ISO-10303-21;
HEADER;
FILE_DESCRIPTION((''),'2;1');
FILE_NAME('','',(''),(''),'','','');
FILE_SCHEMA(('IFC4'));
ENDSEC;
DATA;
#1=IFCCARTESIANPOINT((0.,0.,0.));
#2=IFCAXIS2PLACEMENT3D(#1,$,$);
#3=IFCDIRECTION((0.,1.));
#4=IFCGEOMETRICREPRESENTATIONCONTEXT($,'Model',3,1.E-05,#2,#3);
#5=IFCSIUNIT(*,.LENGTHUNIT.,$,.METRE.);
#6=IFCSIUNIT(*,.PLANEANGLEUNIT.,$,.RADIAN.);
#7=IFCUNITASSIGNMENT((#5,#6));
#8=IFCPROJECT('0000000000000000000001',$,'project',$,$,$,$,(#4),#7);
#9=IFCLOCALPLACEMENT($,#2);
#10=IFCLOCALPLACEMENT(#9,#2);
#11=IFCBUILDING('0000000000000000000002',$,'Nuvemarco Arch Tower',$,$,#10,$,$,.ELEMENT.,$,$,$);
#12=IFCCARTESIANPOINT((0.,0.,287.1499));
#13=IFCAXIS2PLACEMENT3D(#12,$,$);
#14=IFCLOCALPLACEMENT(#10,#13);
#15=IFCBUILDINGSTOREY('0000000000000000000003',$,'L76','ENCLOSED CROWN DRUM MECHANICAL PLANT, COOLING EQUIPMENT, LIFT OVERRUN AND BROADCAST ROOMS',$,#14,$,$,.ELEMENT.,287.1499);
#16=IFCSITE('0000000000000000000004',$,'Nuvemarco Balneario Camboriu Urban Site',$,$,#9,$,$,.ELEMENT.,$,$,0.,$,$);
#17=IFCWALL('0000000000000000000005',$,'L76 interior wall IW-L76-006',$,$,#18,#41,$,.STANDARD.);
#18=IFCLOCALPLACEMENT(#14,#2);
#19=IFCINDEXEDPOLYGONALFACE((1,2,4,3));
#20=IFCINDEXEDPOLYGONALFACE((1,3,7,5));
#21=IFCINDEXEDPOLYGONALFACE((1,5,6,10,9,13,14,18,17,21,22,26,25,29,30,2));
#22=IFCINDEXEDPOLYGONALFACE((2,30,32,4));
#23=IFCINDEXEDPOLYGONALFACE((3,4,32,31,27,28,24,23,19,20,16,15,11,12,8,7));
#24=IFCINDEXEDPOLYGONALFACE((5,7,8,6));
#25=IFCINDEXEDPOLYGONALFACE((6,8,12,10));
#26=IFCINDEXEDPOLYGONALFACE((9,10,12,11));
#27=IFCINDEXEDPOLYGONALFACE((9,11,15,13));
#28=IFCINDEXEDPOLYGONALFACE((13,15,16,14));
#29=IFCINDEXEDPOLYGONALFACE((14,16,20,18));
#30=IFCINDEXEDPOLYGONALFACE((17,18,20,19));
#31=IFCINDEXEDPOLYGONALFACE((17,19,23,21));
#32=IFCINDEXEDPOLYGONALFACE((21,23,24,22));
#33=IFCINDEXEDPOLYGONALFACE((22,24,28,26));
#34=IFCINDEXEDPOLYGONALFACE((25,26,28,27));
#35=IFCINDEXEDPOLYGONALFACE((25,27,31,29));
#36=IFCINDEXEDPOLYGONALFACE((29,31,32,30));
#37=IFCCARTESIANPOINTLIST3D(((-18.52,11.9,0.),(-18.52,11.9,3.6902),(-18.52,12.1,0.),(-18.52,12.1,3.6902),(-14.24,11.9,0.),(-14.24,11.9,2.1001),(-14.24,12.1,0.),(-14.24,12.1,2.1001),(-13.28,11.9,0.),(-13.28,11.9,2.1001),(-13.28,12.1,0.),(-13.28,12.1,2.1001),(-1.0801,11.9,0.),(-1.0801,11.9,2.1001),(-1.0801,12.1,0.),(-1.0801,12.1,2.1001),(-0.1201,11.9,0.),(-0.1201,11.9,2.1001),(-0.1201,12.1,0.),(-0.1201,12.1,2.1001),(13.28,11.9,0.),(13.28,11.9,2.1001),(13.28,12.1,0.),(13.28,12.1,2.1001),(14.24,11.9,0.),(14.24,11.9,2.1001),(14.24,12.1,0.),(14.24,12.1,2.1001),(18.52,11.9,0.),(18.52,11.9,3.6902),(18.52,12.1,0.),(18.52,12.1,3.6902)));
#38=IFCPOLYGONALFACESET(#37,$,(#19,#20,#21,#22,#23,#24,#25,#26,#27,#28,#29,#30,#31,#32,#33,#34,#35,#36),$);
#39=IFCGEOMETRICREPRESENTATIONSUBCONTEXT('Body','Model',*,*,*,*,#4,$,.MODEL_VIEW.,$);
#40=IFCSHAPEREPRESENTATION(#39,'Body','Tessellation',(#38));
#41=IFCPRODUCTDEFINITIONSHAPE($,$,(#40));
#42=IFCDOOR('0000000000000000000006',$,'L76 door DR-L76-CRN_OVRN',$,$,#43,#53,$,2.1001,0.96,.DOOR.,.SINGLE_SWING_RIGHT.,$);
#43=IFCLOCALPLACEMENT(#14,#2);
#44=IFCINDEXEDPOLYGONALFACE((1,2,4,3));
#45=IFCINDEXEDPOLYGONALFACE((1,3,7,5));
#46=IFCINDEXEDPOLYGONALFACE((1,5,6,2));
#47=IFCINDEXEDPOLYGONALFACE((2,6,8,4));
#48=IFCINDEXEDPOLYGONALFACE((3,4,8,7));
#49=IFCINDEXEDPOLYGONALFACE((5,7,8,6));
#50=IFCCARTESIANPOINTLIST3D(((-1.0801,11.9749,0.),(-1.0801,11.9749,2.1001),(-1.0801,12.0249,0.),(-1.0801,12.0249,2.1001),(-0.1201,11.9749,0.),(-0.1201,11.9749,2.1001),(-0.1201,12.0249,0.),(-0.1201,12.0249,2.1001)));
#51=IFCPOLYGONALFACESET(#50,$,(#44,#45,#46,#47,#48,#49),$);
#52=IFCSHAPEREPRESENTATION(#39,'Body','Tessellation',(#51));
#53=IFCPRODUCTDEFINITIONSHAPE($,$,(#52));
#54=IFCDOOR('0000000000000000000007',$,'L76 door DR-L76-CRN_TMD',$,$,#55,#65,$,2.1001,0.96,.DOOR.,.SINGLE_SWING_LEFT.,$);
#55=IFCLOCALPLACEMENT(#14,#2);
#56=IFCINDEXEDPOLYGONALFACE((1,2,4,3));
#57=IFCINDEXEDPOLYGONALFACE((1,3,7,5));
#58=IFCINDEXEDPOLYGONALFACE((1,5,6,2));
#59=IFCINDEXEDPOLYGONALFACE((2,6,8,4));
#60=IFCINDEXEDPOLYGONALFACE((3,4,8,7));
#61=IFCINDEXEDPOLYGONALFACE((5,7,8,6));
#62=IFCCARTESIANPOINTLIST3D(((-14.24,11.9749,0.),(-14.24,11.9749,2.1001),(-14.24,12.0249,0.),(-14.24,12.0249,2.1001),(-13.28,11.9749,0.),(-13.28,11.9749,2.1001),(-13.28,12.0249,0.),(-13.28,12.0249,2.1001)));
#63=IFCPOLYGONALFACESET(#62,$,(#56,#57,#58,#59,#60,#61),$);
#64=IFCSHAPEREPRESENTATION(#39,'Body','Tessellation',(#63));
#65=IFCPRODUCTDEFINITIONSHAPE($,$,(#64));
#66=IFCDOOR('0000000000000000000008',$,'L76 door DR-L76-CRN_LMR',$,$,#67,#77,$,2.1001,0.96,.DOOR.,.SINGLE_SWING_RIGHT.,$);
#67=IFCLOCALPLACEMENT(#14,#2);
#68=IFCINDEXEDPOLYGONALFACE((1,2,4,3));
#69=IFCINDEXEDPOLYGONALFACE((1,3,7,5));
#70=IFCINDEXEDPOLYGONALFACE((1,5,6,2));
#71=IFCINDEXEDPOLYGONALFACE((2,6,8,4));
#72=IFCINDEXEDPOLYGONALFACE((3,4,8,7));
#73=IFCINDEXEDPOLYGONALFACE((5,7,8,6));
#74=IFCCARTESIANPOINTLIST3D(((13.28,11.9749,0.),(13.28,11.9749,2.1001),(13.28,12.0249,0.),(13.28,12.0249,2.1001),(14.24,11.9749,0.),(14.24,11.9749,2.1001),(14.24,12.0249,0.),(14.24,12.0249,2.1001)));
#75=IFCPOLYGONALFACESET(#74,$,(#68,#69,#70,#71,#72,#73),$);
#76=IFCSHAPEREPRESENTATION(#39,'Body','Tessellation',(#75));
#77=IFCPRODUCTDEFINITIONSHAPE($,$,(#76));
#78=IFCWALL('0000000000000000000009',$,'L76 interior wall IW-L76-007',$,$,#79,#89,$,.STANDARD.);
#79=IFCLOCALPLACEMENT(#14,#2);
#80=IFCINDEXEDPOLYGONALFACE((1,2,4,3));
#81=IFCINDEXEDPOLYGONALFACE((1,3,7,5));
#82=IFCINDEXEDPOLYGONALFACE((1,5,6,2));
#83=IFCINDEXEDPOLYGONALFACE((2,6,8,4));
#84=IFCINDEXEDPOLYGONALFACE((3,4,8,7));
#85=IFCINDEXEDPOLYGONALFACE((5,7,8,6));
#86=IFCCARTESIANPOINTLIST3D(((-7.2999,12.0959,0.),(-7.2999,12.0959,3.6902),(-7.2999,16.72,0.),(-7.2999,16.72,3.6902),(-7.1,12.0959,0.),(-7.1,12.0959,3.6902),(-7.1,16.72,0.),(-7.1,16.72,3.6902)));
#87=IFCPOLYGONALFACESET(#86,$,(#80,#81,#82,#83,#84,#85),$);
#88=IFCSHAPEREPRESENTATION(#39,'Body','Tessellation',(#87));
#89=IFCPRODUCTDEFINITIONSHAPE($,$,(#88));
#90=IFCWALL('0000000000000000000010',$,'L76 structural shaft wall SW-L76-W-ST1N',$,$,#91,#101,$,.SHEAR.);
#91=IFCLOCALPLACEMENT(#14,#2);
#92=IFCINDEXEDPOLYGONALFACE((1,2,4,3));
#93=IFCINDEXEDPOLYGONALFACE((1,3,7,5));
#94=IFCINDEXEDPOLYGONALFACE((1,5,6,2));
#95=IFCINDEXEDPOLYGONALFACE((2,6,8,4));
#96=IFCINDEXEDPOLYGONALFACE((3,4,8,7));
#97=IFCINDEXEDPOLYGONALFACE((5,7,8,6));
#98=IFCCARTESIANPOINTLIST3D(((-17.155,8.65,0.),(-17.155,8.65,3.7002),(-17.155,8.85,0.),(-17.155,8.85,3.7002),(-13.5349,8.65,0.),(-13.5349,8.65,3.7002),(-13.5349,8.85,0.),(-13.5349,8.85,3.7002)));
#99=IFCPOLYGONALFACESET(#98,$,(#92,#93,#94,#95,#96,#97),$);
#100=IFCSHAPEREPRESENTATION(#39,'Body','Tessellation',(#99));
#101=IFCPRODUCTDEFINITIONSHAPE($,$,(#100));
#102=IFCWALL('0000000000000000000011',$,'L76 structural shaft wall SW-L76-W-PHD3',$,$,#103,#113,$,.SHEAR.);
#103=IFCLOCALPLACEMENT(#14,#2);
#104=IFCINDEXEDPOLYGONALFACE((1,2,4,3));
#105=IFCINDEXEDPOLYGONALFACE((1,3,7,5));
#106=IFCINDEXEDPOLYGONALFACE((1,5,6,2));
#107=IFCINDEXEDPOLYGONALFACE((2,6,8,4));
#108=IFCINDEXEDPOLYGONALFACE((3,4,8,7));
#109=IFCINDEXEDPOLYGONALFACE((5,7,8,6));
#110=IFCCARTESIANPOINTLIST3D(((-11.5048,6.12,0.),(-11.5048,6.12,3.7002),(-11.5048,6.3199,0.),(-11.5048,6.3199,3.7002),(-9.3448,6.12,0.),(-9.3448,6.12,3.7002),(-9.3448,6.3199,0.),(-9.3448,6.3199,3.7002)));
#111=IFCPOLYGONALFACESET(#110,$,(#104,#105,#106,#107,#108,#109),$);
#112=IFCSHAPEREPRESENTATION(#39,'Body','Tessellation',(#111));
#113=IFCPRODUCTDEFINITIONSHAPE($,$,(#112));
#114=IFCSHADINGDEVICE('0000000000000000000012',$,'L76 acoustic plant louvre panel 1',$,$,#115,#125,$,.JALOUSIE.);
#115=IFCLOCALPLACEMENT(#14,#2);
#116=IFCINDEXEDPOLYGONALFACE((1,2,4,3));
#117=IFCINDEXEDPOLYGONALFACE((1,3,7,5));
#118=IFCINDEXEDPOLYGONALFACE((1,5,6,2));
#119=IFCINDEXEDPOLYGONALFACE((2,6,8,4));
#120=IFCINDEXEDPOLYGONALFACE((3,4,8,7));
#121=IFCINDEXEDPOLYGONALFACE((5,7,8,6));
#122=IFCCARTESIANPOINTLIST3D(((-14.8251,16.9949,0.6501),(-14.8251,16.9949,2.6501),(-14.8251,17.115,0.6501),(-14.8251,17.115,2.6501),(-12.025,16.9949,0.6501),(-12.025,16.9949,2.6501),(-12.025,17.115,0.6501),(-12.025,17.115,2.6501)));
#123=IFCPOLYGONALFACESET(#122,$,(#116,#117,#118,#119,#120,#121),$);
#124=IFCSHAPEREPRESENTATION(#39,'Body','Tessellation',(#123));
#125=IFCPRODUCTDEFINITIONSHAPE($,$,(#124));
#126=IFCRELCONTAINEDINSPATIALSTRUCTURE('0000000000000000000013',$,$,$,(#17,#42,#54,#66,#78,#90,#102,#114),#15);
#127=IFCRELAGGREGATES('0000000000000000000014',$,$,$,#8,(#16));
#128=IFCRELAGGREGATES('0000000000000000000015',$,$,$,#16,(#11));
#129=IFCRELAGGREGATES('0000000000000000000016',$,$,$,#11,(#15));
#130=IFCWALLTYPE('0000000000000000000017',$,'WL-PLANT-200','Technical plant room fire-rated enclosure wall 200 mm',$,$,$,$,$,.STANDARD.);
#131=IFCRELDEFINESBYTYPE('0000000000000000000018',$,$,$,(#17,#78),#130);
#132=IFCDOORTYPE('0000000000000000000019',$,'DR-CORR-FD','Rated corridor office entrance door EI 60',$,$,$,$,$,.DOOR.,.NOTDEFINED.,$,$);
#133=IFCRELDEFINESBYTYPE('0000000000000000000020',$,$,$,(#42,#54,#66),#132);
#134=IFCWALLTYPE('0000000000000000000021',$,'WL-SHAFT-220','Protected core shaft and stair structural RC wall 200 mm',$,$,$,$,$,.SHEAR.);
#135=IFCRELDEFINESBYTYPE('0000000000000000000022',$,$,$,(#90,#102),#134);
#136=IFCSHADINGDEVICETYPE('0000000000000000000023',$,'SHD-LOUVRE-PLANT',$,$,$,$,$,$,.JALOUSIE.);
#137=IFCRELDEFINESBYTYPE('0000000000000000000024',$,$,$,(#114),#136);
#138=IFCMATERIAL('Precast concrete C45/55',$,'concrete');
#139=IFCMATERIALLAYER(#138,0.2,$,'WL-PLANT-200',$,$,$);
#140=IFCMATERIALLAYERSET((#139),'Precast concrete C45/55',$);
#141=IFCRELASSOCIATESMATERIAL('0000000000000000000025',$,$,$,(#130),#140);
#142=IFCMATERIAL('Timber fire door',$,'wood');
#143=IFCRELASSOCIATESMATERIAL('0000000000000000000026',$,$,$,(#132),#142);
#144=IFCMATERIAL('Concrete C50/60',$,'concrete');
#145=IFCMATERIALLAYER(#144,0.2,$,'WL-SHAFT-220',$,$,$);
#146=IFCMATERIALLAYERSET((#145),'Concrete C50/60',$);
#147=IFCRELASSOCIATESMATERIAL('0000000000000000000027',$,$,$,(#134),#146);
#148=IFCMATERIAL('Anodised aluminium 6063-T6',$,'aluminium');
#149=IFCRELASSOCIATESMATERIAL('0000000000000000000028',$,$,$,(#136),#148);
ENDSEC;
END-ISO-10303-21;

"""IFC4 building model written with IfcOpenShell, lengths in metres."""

from ifc_helpers import new_model, si_unit, direction, frame, frame_2d, origin, origin_2d, place, context, subcontext, project, spatial, rectangle, extrude, source, transform, mapped, material, layer, layer_set, type_object, type_shapes, element, fill, save


model = new_model("IFC4")

# Units and contexts
model_context = context("Model", 3, precision=1e-05, world=origin(), true_north=direction((0.0, 1.0)))
body_context = subcontext(model_context, "Body", "Model", "MODEL_VIEW")
ifc_project = project(units=[si_unit("LENGTHUNIT", "METRE"), si_unit("PLANEANGLEUNIT", "RADIAN")], contexts=[model_context])

# Site, building, storey
site_placement = place(None, origin())
site = spatial("IfcSite", under=ifc_project, at=site_placement, Name="Nuvemarco Balneario Camboriu Urban Site", CompositionType="ELEMENT", RefElevation=0.0)
building_placement = place(site_placement, origin())
building = spatial("IfcBuilding", under=site, at=building_placement, Name="Nuvemarco Arch Tower", CompositionType="ELEMENT")
storey_placement = place(building_placement, frame((0.0, 0.0, 287.1499)))
storey = spatial("IfcBuildingStorey", under=building, at=storey_placement, Name="L76", Description="ENCLOSED CROWN DRUM MECHANICAL PLANT, COOLING EQUIPMENT, LIFT OVERRUN AND BROADCAST ROOMS", CompositionType="ELEMENT", Elevation=287.1499)

# Shared definitions
ifc_material_1 = material(Name="Concrete C50/60", Category="concrete")

# Shared definitions
ifc_material_2 = material(Name="Precast concrete C45/55", Category="concrete")

# Wall, openings, doors
ifc_layer_1 = layer(ifc_material_2, 0.2, Name="WL-PLANT-200")
ifc_layer_set_1 = layer_set([ifc_layer_1], Name="Precast concrete C45/55")
wall_type_1 = type_object("IfcWallType", Name="WL-PLANT-200", Description="Technical plant room fire-rated enclosure wall 200 mm", PredefinedType="STANDARD", material=ifc_layer_set_1)
wall_1_placement = place(storey_placement, frame((-18.52, 12.0, 0.0), z_axis=(0.0, 0.0, 1.0), x_axis=(1.0, 0.0, 0.0)))
wall_1 = element("IfcWall", 1, at=wall_1_placement, inside=storey, type_object=wall_type_1, Name="L76 interior wall IW-L76-006", PredefinedType="STANDARD", context=body_context, shape_type="SweptSolid", body=[
    extrude(rectangle(XDim=37.04, YDim=0.2, at=frame_2d((18.52, 0.0))), origin(), (0.0, 0.0, 1.0), 3.6902),
])
opening_1_placement = place(wall_1_placement, frame((17.4399, 0.0, 0.0)))
opening_1 = element("IfcOpeningElement", 2, at=opening_1_placement, cuts=wall_1, PredefinedType="OPENING", context=body_context, shape_type="SweptSolid", body=[
    extrude(rectangle(XDim=0.96, YDim=2.1001, at=frame_2d((0.48, 1.05))), frame((0.0, 0.1099, 0.0), z_axis=(0.0, -1.0, 0.0), x_axis=(1.0, 0.0, 0.0)), (0.0, 0.0, 1.0), 0.22),
])
opening_2_placement = place(wall_1_placement, frame((4.28, 0.0, 0.0)))
opening_2 = element("IfcOpeningElement", 3, at=opening_2_placement, cuts=wall_1, PredefinedType="OPENING", context=body_context, shape_type="SweptSolid", body=[
    extrude(rectangle(XDim=0.96, YDim=2.1001, at=frame_2d((0.48, 1.05))), frame((0.0, 0.1099, 0.0), z_axis=(0.0, -1.0, 0.0), x_axis=(1.0, 0.0, 0.0)), (0.0, 0.0, 1.0), 0.22),
])
opening_3_placement = place(wall_1_placement, frame((31.8, 0.0, 0.0)))
opening_3 = element("IfcOpeningElement", 4, at=opening_3_placement, cuts=wall_1, PredefinedType="OPENING", context=body_context, shape_type="SweptSolid", body=[
    extrude(rectangle(XDim=0.96, YDim=2.1001, at=frame_2d((0.48, 1.05))), frame((0.0, 0.1099, 0.0), z_axis=(0.0, -1.0, 0.0), x_axis=(1.0, 0.0, 0.0)), (0.0, 0.0, 1.0), 0.22),
])
ifc_material_3 = material(Name="Timber fire door", Category="wood")
door_type = type_object("IfcDoorType", Name="DR-CORR-FD", Description="Rated corridor office entrance door EI 60", OperationType="NOTDEFINED", PredefinedType="DOOR", material=ifc_material_3)
shared_shape_1 = source(origin(), body_context, "Body", "SweptSolid", [
    extrude(rectangle(XDim=0.96, YDim=2.1001, at=frame_2d((0.48, 1.05))), frame((0.0, 0.0249, 0.0), z_axis=(0.0, -1.0, 0.0), x_axis=(1.0, 0.0, 0.0)), (0.0, 0.0, 1.0), 0.05),
])
type_shapes(door_type, [shared_shape_1])
door_1_placement = place(opening_1_placement, origin())
door_1 = element("IfcDoor", 5, at=door_1_placement, inside=storey, type_object=door_type, Name="L76 door DR-L76-CRN_OVRN", OperationType="SINGLE_SWING_RIGHT", OverallHeight=2.1001, OverallWidth=0.96, PredefinedType="DOOR", context=body_context, shape_type="MappedRepresentation", body=[
    mapped(shared_shape_1, transform((0.0, 0.0, 0.0), scale=1.0)),
])
fill(opening_1, door_1)
door_2_placement = place(opening_2_placement, origin())
door_2 = element("IfcDoor", 6, at=door_2_placement, inside=storey, type_object=door_type, Name="L76 door DR-L76-CRN_TMD", OperationType="SINGLE_SWING_LEFT", OverallHeight=2.1001, OverallWidth=0.96, PredefinedType="DOOR", context=body_context, shape_type="MappedRepresentation", body=[
    mapped(shared_shape_1, transform((0.0, 0.0, 0.0), scale=1.0)),
])
fill(opening_2, door_2)
door_3_placement = place(opening_3_placement, origin())
door_3 = element("IfcDoor", 7, at=door_3_placement, inside=storey, type_object=door_type, Name="L76 door DR-L76-CRN_LMR", OperationType="SINGLE_SWING_RIGHT", OverallHeight=2.1001, OverallWidth=0.96, PredefinedType="DOOR", context=body_context, shape_type="MappedRepresentation", body=[
    mapped(shared_shape_1, transform((0.0, 0.0, 0.0), scale=1.0)),
])
fill(opening_3, door_3)

# Walls
wall_2_placement = place(storey_placement, frame((-7.2, 12.0959, 0.0), z_axis=(0.0, 0.0, 1.0), x_axis=(0.0, 1.0, 0.0)))
element("IfcWall", 8, at=wall_2_placement, inside=storey, type_object=wall_type_1, Name="L76 interior wall IW-L76-007", PredefinedType="STANDARD", context=body_context, shape_type="SweptSolid", body=[
    extrude(rectangle(XDim=4.624, YDim=0.2, at=frame_2d((2.312, 0.0))), origin(), (0.0, 0.0, 1.0), 3.6902),
])
ifc_layer_2 = layer(ifc_material_1, 0.2, Name="WL-SHAFT-220")
ifc_layer_set_2 = layer_set([ifc_layer_2], Name="Concrete C50/60")
wall_type_2 = type_object("IfcWallType", Name="WL-SHAFT-220", Description="Protected core shaft and stair structural RC wall 200 mm", PredefinedType="SHEAR", material=ifc_layer_set_2)
wall_3_placement = place(storey_placement, frame((-17.155, 8.75, 0.0), z_axis=(0.0, 0.0, 1.0), x_axis=(1.0, 0.0, 0.0)))
element("IfcWall", 9, at=wall_3_placement, inside=storey, type_object=wall_type_2, Name="L76 structural shaft wall SW-L76-W-ST1N", PredefinedType="SHEAR", context=body_context, shape_type="SweptSolid", body=[
    extrude(rectangle(XDim=3.6201, YDim=0.2, at=frame_2d((1.8101, 0.0))), origin(), (0.0, 0.0, 1.0), 3.7002),
])
wall_4_placement = place(storey_placement, frame((-11.5049, 6.22, 0.0), z_axis=(0.0, 0.0, 1.0), x_axis=(1.0, 0.0, 0.0)))
element("IfcWall", 10, at=wall_4_placement, inside=storey, type_object=wall_type_2, Name="L76 structural shaft wall SW-L76-W-PHD3", PredefinedType="SHEAR", context=body_context, shape_type="SweptSolid", body=[
    extrude(rectangle(XDim=2.1599, YDim=0.2, at=frame_2d((1.0801, 0.0))), origin(), (0.0, 0.0, 1.0), 3.7002),
])

# Shading device
ifc_material_4 = material(Name="Anodised aluminium 6063-T6", Category="aluminium")
shading_device_type = type_object("IfcShadingDeviceType", Name="SHD-LOUVRE-PLANT", PredefinedType="JALOUSIE", material=ifc_material_4)
shared_shape_2 = source(origin(), body_context, "Body", "SweptSolid", [
    extrude(rectangle(XDim=2.8, YDim=0.1201, at=origin_2d()), origin(), (0.0, 0.0, 1.0), 2.0),
])
type_shapes(shading_device_type, [shared_shape_2])
shading_device_placement = place(storey_placement, frame((-13.425, 17.0549, 0.6501), z_axis=(0.0, 0.0, 1.0), x_axis=(1.0, 0.0, 0.0)))
element("IfcShadingDevice", 11, at=shading_device_placement, inside=storey, type_object=shading_device_type, Name="L76 acoustic plant louvre panel 1", PredefinedType="JALOUSIE", context=body_context, shape_type="MappedRepresentation", body=[
    mapped(shared_shape_2, transform((0.0, 0.0, 0.0), scale=1.0)),
])

save(model, "model.ifc")
